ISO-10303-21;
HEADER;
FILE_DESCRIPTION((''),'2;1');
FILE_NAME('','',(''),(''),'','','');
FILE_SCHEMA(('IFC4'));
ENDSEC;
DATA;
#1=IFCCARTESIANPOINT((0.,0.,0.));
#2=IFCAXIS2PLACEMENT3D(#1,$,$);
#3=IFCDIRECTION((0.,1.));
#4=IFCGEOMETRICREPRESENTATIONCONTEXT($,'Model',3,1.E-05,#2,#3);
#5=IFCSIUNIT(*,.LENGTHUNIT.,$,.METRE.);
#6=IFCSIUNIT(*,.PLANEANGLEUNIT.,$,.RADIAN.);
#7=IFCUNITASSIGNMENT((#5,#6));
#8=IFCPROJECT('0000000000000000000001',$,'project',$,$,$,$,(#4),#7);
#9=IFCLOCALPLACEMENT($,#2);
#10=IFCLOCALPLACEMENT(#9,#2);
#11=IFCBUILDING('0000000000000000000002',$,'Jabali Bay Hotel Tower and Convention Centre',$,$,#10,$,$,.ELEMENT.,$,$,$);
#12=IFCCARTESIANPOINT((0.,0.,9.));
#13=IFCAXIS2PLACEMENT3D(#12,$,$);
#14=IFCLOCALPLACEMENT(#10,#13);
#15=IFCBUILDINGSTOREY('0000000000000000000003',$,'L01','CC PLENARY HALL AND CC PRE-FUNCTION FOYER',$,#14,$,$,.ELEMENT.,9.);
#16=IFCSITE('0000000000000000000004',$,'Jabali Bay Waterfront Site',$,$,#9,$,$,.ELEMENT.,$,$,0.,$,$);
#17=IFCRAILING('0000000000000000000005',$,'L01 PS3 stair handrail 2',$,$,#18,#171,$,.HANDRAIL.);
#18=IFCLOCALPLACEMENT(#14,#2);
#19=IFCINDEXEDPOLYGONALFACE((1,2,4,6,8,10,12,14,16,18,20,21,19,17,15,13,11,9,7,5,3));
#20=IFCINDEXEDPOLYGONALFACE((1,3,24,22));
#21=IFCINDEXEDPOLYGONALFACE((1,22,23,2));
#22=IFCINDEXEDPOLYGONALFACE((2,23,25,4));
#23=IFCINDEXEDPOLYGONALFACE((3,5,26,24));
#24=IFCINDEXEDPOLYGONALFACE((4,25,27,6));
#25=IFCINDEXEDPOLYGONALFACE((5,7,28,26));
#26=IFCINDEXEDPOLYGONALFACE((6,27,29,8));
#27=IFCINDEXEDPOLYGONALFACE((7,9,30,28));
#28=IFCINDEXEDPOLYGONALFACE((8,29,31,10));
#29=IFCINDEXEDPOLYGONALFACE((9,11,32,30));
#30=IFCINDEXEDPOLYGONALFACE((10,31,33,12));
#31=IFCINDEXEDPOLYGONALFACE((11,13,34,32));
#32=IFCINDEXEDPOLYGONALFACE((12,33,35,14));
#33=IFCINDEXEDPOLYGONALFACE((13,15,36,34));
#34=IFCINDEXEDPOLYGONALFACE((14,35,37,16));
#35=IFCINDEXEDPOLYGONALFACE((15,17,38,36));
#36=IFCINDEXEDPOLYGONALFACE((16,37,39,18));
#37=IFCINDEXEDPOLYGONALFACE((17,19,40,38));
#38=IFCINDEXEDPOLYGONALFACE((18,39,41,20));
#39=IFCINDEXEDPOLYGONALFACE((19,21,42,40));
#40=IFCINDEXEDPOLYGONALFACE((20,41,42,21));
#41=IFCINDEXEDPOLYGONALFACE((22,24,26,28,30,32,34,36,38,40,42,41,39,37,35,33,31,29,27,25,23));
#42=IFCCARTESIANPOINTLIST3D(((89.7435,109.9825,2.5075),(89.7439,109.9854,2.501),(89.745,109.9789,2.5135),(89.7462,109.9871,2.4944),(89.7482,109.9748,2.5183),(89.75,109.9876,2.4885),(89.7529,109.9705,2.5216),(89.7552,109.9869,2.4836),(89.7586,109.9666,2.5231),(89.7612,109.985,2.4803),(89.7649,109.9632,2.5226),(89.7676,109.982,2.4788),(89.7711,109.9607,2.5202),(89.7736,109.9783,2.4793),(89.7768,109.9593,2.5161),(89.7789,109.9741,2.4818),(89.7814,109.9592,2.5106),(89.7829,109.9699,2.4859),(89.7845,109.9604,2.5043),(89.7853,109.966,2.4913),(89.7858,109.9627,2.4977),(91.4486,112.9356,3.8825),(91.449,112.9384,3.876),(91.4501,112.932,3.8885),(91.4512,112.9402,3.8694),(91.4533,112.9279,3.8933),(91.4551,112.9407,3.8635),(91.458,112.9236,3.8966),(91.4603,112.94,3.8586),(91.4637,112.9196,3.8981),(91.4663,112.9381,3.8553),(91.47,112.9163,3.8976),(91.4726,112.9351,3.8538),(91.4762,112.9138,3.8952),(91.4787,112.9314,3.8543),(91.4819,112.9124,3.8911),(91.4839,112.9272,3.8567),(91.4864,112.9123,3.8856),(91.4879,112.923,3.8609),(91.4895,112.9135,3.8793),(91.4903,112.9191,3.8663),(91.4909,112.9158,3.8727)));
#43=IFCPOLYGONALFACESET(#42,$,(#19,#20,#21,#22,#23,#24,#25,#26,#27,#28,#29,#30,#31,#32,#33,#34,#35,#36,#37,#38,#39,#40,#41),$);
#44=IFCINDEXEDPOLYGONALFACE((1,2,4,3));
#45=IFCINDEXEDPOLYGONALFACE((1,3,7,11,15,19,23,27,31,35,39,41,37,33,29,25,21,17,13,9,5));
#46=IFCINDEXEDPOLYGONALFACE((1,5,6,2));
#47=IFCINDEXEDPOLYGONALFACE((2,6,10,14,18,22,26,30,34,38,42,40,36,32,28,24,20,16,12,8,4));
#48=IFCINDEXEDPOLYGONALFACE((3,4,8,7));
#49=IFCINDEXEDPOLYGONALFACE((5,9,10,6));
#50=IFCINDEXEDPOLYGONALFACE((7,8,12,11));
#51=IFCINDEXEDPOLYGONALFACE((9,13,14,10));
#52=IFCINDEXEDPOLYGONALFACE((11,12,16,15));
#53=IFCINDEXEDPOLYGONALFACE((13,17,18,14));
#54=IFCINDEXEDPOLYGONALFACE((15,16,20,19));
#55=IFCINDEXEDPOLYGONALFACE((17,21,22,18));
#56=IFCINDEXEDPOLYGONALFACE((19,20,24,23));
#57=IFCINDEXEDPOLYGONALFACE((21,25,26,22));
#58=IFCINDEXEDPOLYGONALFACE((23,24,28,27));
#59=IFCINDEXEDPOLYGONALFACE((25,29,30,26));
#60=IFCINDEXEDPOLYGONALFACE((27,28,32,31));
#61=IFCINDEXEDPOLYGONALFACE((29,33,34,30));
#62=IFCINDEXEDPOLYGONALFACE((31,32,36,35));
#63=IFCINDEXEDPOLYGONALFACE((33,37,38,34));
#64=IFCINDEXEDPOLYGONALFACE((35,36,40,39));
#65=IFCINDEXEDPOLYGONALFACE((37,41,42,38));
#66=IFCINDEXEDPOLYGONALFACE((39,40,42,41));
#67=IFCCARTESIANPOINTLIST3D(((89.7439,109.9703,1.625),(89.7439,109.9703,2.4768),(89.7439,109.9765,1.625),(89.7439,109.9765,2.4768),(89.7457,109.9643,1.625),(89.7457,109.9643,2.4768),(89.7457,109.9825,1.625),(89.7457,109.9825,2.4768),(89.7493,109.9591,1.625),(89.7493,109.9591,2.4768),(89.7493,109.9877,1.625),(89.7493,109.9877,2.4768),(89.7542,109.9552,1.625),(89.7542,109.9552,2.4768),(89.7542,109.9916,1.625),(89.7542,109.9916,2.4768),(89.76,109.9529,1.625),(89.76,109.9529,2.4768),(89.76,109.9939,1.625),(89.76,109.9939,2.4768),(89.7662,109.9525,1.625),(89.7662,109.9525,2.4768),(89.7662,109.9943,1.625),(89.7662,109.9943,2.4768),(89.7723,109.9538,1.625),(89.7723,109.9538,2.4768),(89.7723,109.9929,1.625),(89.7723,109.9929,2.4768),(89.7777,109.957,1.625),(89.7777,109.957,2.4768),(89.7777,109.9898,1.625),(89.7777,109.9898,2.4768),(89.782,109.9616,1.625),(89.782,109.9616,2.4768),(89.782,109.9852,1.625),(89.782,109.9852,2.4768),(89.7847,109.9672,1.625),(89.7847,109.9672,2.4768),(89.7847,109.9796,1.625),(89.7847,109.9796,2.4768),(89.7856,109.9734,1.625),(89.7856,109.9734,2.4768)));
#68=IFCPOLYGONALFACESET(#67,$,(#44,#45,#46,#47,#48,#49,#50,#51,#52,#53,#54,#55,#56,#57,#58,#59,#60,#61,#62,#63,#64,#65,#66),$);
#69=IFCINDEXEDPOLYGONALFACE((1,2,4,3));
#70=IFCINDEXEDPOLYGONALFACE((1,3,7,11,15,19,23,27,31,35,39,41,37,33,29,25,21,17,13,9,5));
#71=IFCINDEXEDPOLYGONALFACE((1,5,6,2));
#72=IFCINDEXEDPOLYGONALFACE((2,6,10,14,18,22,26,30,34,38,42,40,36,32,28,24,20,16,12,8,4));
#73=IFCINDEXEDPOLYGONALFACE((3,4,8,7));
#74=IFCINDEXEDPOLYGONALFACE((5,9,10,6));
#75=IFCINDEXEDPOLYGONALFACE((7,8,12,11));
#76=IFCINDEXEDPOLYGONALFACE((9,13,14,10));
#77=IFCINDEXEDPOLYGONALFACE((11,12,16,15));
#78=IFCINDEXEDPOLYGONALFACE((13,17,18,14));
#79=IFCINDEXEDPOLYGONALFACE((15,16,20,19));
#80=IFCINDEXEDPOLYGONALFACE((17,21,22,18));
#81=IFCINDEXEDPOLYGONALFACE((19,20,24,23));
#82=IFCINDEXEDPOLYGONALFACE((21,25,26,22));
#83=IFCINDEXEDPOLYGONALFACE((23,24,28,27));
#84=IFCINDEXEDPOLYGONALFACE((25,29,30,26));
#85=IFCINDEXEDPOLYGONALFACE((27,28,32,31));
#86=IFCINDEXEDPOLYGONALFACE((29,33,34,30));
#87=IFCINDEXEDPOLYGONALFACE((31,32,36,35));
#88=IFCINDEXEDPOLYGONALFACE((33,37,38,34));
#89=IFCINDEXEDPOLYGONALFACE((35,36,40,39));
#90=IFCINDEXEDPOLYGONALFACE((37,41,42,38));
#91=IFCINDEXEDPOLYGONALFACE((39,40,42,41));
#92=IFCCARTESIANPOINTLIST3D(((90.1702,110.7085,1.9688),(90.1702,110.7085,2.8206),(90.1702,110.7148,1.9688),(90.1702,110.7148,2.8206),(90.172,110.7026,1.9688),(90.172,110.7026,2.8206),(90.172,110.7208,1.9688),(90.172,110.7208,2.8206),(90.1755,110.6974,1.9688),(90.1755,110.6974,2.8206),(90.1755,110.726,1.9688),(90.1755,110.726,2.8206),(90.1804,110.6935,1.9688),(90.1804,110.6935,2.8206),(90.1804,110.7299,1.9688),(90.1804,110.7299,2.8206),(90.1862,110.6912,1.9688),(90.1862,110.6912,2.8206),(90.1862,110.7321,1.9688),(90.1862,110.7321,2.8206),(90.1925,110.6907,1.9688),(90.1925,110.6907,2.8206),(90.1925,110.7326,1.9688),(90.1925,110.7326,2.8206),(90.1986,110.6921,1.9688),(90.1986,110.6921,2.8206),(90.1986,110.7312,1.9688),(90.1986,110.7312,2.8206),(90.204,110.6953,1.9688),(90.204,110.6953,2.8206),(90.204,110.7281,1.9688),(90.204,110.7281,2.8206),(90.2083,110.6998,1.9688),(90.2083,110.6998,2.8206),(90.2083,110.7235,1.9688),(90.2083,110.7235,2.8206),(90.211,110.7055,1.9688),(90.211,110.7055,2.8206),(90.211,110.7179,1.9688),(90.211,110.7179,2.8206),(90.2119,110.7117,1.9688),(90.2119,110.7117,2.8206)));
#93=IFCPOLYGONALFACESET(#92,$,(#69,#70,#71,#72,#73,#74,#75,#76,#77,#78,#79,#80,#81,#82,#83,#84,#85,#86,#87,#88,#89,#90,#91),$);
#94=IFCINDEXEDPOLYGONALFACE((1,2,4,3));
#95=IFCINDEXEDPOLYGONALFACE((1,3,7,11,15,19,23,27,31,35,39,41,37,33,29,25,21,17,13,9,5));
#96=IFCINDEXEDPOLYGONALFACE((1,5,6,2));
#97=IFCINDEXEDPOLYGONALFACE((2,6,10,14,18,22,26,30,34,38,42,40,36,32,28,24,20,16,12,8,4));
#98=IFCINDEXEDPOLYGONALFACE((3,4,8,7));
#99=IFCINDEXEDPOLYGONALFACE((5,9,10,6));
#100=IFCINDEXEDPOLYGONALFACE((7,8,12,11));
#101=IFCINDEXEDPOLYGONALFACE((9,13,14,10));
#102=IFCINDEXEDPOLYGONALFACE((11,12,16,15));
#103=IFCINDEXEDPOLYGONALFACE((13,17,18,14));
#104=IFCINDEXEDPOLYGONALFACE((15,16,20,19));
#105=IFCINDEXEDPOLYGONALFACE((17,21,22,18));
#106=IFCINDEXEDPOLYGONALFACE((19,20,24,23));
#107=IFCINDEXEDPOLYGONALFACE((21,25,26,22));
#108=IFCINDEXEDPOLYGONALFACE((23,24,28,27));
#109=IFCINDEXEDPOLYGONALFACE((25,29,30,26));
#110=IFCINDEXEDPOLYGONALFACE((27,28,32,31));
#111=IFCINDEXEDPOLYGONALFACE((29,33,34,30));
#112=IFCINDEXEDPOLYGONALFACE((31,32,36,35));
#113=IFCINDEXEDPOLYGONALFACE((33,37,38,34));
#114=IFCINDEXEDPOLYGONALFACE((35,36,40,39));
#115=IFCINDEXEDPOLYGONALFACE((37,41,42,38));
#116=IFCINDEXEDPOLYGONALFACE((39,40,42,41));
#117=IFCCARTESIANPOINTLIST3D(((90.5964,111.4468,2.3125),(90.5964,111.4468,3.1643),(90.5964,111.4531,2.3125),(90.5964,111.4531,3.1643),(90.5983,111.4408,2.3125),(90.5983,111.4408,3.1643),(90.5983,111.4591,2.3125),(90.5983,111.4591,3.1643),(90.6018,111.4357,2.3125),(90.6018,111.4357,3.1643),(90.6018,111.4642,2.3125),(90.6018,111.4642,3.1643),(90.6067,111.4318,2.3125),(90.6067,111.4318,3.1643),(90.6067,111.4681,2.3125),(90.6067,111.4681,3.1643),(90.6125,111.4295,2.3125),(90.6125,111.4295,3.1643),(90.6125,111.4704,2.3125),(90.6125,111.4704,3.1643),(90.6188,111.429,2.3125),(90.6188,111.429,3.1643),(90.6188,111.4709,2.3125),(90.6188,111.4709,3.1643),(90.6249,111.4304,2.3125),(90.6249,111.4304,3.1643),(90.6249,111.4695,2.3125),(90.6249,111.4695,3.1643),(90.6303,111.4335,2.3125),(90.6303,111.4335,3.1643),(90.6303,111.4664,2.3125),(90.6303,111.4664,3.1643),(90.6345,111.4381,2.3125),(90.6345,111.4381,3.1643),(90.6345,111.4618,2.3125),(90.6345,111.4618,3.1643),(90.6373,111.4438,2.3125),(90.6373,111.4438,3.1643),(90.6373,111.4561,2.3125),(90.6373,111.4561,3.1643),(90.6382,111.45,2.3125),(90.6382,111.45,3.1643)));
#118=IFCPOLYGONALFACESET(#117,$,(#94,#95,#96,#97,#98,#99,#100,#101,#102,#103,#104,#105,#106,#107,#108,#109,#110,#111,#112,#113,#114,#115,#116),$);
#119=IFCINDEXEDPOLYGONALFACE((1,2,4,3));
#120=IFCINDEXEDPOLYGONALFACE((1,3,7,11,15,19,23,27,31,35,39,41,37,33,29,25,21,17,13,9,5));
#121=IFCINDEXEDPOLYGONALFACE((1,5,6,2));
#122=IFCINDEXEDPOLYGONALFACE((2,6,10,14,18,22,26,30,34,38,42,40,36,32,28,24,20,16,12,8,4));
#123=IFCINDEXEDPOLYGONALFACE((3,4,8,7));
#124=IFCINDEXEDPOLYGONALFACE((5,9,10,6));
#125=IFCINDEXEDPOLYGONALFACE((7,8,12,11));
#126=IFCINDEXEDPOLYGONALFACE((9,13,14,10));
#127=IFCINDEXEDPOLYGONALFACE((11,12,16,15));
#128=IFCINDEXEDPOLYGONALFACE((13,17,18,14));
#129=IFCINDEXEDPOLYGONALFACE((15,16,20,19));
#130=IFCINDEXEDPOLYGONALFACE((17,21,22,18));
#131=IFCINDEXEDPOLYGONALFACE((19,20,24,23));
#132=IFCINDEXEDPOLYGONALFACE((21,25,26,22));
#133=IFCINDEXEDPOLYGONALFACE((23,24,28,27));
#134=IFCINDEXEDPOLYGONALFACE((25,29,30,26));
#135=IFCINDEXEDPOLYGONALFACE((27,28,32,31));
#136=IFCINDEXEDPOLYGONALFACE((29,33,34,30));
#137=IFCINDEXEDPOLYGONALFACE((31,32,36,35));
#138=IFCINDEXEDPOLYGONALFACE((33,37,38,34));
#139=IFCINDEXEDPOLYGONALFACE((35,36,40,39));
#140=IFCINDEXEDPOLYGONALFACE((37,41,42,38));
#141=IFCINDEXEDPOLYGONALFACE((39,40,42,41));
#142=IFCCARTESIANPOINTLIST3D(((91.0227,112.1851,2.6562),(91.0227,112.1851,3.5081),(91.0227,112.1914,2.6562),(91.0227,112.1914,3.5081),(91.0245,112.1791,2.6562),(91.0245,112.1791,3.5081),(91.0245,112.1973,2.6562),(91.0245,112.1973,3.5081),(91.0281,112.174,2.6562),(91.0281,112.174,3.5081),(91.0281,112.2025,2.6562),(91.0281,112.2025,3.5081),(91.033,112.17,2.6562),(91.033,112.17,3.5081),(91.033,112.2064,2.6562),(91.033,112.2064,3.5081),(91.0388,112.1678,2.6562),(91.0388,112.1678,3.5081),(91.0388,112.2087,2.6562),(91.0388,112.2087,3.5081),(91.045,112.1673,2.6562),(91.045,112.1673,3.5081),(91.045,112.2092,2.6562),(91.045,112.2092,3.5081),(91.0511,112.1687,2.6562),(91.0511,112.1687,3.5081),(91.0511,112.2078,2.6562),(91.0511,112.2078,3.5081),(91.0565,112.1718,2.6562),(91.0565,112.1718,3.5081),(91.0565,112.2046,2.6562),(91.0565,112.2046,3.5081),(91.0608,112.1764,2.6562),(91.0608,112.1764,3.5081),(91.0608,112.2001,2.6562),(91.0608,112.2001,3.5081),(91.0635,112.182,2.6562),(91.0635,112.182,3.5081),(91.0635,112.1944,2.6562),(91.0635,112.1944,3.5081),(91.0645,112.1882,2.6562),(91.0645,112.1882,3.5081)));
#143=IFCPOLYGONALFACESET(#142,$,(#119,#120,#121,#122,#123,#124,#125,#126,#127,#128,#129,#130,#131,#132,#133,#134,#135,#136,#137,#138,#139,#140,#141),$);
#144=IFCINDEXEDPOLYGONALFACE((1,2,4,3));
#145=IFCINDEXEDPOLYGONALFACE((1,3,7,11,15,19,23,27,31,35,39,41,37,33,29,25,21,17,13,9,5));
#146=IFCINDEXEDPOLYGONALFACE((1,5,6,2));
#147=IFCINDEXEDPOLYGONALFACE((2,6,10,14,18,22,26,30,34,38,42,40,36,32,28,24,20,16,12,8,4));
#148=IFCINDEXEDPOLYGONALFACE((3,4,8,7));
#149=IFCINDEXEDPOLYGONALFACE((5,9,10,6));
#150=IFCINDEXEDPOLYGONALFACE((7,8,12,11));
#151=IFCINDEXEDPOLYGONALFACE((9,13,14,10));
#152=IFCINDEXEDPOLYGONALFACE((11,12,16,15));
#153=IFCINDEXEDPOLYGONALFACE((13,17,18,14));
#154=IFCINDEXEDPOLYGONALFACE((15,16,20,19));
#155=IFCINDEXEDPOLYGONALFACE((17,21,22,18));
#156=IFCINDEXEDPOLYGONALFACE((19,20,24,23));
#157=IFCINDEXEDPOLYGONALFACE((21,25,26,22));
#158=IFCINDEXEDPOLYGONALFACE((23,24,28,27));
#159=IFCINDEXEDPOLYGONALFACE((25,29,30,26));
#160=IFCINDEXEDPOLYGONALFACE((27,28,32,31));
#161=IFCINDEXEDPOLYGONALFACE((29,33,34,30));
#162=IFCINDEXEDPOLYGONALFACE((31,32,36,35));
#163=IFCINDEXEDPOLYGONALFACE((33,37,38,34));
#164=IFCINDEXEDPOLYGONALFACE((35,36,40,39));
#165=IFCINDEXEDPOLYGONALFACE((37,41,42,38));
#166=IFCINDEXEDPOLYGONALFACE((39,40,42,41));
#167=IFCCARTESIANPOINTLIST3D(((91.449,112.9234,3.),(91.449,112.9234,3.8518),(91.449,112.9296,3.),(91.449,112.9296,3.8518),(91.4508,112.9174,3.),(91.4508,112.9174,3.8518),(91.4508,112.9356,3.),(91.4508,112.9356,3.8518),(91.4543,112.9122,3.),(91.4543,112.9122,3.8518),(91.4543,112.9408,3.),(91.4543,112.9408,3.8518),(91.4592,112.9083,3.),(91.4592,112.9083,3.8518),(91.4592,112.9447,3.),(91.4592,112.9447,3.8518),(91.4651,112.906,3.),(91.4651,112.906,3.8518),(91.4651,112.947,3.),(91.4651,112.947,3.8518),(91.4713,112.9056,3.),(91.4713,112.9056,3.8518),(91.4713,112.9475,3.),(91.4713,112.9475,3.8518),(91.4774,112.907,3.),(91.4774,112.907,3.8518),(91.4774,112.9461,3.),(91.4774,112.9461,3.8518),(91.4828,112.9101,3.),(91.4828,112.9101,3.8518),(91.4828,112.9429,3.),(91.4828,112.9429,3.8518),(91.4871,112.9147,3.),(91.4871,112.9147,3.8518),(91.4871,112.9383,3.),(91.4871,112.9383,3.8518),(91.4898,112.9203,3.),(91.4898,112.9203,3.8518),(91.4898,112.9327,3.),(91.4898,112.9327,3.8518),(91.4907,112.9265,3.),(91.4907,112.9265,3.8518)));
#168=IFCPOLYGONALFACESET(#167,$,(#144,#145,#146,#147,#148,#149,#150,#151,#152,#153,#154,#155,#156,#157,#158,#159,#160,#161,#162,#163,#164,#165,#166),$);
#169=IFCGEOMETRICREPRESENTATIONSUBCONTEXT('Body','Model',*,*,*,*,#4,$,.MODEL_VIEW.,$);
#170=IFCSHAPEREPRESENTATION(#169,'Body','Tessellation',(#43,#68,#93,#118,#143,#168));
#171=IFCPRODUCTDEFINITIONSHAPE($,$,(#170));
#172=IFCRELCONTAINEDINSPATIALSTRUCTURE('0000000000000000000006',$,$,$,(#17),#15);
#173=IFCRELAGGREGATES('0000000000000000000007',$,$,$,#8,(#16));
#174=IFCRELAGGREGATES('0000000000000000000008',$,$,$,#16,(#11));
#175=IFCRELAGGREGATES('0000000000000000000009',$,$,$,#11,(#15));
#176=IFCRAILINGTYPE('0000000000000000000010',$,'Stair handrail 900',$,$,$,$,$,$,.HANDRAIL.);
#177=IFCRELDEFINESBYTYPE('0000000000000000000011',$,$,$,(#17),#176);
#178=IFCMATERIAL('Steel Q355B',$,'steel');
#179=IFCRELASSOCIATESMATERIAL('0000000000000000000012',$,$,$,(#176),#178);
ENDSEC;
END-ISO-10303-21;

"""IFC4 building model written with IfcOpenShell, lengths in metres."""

from ifc_helpers import new_model, si_unit, direction, frame, origin, origin_2d, place, context, subcontext, project, spatial, circle, extrude, material, type_object, element, save


model = new_model("IFC4")

# Units and contexts
model_context = context("Model", 3, precision=1e-05, world=origin(), true_north=direction((0.0, 1.0)))
body_context = subcontext(model_context, "Body", "Model", "MODEL_VIEW")
ifc_project = project(units=[si_unit("LENGTHUNIT", "METRE"), si_unit("PLANEANGLEUNIT", "RADIAN")], contexts=[model_context])

# Site, building, storey
site_placement = place(None, origin())
site = spatial("IfcSite", under=ifc_project, at=site_placement, Name="Jabali Bay Waterfront Site", CompositionType="ELEMENT", RefElevation=0.0)
building_placement = place(site_placement, origin())
building = spatial("IfcBuilding", under=site, at=building_placement, Name="Jabali Bay Hotel Tower and Convention Centre", CompositionType="ELEMENT")
storey_placement = place(building_placement, frame((0.0, 0.0, 9.0)))
storey = spatial("IfcBuildingStorey", under=building, at=storey_placement, Name="L01", Description="CC PLENARY HALL AND CC PRE-FUNCTION FOYER", CompositionType="ELEMENT", Elevation=9.0)

# Railing
ifc_material_1 = material(Name="Steel Q355B", Category="steel")
railing_type_1 = type_object("IfcRailingType", Name="Stair handrail 900", PredefinedType="HANDRAIL", material=ifc_material_1)
railing_1_placement = place(storey_placement, frame((89.7646, 109.9734, 1.625)))
element("IfcRailing", 1, at=railing_1_placement, inside=storey, type_object=railing_type_1, Name="L01 PS3 stair handrail 2", PredefinedType="HANDRAIL", context=body_context, shape_type="SweptSolid", body=[
    extrude(circle(Radius=0.0239, at=origin_2d()), frame((0.0, 0.0, 0.876), z_axis=(0.46374, 0.803178, 0.373966), x_axis=(-0.866014, 0.50002, 0.0)), (0.0, 0.0, 1.0), 3.6768),
    extrude(circle(Radius=0.021, at=origin_2d()), origin(), (0.0, 0.0, 1.0), 0.8518),
    extrude(circle(Radius=0.021, at=origin_2d()), frame((0.4263, 0.7383, 0.3438)), (0.0, 0.0, 1.0), 0.8518),
    extrude(circle(Radius=0.021, at=origin_2d()), frame((0.8525, 1.4766, 0.6875)), (0.0, 0.0, 1.0), 0.8518),
    extrude(circle(Radius=0.021, at=origin_2d()), frame((1.2788, 2.2148, 1.0312)), (0.0, 0.0, 1.0), 0.8518),
    extrude(circle(Radius=0.021, at=origin_2d()), frame((1.7051, 2.9531, 1.375)), (0.0, 0.0, 1.0), 0.8518),
])

save(model, "model.ifc")
